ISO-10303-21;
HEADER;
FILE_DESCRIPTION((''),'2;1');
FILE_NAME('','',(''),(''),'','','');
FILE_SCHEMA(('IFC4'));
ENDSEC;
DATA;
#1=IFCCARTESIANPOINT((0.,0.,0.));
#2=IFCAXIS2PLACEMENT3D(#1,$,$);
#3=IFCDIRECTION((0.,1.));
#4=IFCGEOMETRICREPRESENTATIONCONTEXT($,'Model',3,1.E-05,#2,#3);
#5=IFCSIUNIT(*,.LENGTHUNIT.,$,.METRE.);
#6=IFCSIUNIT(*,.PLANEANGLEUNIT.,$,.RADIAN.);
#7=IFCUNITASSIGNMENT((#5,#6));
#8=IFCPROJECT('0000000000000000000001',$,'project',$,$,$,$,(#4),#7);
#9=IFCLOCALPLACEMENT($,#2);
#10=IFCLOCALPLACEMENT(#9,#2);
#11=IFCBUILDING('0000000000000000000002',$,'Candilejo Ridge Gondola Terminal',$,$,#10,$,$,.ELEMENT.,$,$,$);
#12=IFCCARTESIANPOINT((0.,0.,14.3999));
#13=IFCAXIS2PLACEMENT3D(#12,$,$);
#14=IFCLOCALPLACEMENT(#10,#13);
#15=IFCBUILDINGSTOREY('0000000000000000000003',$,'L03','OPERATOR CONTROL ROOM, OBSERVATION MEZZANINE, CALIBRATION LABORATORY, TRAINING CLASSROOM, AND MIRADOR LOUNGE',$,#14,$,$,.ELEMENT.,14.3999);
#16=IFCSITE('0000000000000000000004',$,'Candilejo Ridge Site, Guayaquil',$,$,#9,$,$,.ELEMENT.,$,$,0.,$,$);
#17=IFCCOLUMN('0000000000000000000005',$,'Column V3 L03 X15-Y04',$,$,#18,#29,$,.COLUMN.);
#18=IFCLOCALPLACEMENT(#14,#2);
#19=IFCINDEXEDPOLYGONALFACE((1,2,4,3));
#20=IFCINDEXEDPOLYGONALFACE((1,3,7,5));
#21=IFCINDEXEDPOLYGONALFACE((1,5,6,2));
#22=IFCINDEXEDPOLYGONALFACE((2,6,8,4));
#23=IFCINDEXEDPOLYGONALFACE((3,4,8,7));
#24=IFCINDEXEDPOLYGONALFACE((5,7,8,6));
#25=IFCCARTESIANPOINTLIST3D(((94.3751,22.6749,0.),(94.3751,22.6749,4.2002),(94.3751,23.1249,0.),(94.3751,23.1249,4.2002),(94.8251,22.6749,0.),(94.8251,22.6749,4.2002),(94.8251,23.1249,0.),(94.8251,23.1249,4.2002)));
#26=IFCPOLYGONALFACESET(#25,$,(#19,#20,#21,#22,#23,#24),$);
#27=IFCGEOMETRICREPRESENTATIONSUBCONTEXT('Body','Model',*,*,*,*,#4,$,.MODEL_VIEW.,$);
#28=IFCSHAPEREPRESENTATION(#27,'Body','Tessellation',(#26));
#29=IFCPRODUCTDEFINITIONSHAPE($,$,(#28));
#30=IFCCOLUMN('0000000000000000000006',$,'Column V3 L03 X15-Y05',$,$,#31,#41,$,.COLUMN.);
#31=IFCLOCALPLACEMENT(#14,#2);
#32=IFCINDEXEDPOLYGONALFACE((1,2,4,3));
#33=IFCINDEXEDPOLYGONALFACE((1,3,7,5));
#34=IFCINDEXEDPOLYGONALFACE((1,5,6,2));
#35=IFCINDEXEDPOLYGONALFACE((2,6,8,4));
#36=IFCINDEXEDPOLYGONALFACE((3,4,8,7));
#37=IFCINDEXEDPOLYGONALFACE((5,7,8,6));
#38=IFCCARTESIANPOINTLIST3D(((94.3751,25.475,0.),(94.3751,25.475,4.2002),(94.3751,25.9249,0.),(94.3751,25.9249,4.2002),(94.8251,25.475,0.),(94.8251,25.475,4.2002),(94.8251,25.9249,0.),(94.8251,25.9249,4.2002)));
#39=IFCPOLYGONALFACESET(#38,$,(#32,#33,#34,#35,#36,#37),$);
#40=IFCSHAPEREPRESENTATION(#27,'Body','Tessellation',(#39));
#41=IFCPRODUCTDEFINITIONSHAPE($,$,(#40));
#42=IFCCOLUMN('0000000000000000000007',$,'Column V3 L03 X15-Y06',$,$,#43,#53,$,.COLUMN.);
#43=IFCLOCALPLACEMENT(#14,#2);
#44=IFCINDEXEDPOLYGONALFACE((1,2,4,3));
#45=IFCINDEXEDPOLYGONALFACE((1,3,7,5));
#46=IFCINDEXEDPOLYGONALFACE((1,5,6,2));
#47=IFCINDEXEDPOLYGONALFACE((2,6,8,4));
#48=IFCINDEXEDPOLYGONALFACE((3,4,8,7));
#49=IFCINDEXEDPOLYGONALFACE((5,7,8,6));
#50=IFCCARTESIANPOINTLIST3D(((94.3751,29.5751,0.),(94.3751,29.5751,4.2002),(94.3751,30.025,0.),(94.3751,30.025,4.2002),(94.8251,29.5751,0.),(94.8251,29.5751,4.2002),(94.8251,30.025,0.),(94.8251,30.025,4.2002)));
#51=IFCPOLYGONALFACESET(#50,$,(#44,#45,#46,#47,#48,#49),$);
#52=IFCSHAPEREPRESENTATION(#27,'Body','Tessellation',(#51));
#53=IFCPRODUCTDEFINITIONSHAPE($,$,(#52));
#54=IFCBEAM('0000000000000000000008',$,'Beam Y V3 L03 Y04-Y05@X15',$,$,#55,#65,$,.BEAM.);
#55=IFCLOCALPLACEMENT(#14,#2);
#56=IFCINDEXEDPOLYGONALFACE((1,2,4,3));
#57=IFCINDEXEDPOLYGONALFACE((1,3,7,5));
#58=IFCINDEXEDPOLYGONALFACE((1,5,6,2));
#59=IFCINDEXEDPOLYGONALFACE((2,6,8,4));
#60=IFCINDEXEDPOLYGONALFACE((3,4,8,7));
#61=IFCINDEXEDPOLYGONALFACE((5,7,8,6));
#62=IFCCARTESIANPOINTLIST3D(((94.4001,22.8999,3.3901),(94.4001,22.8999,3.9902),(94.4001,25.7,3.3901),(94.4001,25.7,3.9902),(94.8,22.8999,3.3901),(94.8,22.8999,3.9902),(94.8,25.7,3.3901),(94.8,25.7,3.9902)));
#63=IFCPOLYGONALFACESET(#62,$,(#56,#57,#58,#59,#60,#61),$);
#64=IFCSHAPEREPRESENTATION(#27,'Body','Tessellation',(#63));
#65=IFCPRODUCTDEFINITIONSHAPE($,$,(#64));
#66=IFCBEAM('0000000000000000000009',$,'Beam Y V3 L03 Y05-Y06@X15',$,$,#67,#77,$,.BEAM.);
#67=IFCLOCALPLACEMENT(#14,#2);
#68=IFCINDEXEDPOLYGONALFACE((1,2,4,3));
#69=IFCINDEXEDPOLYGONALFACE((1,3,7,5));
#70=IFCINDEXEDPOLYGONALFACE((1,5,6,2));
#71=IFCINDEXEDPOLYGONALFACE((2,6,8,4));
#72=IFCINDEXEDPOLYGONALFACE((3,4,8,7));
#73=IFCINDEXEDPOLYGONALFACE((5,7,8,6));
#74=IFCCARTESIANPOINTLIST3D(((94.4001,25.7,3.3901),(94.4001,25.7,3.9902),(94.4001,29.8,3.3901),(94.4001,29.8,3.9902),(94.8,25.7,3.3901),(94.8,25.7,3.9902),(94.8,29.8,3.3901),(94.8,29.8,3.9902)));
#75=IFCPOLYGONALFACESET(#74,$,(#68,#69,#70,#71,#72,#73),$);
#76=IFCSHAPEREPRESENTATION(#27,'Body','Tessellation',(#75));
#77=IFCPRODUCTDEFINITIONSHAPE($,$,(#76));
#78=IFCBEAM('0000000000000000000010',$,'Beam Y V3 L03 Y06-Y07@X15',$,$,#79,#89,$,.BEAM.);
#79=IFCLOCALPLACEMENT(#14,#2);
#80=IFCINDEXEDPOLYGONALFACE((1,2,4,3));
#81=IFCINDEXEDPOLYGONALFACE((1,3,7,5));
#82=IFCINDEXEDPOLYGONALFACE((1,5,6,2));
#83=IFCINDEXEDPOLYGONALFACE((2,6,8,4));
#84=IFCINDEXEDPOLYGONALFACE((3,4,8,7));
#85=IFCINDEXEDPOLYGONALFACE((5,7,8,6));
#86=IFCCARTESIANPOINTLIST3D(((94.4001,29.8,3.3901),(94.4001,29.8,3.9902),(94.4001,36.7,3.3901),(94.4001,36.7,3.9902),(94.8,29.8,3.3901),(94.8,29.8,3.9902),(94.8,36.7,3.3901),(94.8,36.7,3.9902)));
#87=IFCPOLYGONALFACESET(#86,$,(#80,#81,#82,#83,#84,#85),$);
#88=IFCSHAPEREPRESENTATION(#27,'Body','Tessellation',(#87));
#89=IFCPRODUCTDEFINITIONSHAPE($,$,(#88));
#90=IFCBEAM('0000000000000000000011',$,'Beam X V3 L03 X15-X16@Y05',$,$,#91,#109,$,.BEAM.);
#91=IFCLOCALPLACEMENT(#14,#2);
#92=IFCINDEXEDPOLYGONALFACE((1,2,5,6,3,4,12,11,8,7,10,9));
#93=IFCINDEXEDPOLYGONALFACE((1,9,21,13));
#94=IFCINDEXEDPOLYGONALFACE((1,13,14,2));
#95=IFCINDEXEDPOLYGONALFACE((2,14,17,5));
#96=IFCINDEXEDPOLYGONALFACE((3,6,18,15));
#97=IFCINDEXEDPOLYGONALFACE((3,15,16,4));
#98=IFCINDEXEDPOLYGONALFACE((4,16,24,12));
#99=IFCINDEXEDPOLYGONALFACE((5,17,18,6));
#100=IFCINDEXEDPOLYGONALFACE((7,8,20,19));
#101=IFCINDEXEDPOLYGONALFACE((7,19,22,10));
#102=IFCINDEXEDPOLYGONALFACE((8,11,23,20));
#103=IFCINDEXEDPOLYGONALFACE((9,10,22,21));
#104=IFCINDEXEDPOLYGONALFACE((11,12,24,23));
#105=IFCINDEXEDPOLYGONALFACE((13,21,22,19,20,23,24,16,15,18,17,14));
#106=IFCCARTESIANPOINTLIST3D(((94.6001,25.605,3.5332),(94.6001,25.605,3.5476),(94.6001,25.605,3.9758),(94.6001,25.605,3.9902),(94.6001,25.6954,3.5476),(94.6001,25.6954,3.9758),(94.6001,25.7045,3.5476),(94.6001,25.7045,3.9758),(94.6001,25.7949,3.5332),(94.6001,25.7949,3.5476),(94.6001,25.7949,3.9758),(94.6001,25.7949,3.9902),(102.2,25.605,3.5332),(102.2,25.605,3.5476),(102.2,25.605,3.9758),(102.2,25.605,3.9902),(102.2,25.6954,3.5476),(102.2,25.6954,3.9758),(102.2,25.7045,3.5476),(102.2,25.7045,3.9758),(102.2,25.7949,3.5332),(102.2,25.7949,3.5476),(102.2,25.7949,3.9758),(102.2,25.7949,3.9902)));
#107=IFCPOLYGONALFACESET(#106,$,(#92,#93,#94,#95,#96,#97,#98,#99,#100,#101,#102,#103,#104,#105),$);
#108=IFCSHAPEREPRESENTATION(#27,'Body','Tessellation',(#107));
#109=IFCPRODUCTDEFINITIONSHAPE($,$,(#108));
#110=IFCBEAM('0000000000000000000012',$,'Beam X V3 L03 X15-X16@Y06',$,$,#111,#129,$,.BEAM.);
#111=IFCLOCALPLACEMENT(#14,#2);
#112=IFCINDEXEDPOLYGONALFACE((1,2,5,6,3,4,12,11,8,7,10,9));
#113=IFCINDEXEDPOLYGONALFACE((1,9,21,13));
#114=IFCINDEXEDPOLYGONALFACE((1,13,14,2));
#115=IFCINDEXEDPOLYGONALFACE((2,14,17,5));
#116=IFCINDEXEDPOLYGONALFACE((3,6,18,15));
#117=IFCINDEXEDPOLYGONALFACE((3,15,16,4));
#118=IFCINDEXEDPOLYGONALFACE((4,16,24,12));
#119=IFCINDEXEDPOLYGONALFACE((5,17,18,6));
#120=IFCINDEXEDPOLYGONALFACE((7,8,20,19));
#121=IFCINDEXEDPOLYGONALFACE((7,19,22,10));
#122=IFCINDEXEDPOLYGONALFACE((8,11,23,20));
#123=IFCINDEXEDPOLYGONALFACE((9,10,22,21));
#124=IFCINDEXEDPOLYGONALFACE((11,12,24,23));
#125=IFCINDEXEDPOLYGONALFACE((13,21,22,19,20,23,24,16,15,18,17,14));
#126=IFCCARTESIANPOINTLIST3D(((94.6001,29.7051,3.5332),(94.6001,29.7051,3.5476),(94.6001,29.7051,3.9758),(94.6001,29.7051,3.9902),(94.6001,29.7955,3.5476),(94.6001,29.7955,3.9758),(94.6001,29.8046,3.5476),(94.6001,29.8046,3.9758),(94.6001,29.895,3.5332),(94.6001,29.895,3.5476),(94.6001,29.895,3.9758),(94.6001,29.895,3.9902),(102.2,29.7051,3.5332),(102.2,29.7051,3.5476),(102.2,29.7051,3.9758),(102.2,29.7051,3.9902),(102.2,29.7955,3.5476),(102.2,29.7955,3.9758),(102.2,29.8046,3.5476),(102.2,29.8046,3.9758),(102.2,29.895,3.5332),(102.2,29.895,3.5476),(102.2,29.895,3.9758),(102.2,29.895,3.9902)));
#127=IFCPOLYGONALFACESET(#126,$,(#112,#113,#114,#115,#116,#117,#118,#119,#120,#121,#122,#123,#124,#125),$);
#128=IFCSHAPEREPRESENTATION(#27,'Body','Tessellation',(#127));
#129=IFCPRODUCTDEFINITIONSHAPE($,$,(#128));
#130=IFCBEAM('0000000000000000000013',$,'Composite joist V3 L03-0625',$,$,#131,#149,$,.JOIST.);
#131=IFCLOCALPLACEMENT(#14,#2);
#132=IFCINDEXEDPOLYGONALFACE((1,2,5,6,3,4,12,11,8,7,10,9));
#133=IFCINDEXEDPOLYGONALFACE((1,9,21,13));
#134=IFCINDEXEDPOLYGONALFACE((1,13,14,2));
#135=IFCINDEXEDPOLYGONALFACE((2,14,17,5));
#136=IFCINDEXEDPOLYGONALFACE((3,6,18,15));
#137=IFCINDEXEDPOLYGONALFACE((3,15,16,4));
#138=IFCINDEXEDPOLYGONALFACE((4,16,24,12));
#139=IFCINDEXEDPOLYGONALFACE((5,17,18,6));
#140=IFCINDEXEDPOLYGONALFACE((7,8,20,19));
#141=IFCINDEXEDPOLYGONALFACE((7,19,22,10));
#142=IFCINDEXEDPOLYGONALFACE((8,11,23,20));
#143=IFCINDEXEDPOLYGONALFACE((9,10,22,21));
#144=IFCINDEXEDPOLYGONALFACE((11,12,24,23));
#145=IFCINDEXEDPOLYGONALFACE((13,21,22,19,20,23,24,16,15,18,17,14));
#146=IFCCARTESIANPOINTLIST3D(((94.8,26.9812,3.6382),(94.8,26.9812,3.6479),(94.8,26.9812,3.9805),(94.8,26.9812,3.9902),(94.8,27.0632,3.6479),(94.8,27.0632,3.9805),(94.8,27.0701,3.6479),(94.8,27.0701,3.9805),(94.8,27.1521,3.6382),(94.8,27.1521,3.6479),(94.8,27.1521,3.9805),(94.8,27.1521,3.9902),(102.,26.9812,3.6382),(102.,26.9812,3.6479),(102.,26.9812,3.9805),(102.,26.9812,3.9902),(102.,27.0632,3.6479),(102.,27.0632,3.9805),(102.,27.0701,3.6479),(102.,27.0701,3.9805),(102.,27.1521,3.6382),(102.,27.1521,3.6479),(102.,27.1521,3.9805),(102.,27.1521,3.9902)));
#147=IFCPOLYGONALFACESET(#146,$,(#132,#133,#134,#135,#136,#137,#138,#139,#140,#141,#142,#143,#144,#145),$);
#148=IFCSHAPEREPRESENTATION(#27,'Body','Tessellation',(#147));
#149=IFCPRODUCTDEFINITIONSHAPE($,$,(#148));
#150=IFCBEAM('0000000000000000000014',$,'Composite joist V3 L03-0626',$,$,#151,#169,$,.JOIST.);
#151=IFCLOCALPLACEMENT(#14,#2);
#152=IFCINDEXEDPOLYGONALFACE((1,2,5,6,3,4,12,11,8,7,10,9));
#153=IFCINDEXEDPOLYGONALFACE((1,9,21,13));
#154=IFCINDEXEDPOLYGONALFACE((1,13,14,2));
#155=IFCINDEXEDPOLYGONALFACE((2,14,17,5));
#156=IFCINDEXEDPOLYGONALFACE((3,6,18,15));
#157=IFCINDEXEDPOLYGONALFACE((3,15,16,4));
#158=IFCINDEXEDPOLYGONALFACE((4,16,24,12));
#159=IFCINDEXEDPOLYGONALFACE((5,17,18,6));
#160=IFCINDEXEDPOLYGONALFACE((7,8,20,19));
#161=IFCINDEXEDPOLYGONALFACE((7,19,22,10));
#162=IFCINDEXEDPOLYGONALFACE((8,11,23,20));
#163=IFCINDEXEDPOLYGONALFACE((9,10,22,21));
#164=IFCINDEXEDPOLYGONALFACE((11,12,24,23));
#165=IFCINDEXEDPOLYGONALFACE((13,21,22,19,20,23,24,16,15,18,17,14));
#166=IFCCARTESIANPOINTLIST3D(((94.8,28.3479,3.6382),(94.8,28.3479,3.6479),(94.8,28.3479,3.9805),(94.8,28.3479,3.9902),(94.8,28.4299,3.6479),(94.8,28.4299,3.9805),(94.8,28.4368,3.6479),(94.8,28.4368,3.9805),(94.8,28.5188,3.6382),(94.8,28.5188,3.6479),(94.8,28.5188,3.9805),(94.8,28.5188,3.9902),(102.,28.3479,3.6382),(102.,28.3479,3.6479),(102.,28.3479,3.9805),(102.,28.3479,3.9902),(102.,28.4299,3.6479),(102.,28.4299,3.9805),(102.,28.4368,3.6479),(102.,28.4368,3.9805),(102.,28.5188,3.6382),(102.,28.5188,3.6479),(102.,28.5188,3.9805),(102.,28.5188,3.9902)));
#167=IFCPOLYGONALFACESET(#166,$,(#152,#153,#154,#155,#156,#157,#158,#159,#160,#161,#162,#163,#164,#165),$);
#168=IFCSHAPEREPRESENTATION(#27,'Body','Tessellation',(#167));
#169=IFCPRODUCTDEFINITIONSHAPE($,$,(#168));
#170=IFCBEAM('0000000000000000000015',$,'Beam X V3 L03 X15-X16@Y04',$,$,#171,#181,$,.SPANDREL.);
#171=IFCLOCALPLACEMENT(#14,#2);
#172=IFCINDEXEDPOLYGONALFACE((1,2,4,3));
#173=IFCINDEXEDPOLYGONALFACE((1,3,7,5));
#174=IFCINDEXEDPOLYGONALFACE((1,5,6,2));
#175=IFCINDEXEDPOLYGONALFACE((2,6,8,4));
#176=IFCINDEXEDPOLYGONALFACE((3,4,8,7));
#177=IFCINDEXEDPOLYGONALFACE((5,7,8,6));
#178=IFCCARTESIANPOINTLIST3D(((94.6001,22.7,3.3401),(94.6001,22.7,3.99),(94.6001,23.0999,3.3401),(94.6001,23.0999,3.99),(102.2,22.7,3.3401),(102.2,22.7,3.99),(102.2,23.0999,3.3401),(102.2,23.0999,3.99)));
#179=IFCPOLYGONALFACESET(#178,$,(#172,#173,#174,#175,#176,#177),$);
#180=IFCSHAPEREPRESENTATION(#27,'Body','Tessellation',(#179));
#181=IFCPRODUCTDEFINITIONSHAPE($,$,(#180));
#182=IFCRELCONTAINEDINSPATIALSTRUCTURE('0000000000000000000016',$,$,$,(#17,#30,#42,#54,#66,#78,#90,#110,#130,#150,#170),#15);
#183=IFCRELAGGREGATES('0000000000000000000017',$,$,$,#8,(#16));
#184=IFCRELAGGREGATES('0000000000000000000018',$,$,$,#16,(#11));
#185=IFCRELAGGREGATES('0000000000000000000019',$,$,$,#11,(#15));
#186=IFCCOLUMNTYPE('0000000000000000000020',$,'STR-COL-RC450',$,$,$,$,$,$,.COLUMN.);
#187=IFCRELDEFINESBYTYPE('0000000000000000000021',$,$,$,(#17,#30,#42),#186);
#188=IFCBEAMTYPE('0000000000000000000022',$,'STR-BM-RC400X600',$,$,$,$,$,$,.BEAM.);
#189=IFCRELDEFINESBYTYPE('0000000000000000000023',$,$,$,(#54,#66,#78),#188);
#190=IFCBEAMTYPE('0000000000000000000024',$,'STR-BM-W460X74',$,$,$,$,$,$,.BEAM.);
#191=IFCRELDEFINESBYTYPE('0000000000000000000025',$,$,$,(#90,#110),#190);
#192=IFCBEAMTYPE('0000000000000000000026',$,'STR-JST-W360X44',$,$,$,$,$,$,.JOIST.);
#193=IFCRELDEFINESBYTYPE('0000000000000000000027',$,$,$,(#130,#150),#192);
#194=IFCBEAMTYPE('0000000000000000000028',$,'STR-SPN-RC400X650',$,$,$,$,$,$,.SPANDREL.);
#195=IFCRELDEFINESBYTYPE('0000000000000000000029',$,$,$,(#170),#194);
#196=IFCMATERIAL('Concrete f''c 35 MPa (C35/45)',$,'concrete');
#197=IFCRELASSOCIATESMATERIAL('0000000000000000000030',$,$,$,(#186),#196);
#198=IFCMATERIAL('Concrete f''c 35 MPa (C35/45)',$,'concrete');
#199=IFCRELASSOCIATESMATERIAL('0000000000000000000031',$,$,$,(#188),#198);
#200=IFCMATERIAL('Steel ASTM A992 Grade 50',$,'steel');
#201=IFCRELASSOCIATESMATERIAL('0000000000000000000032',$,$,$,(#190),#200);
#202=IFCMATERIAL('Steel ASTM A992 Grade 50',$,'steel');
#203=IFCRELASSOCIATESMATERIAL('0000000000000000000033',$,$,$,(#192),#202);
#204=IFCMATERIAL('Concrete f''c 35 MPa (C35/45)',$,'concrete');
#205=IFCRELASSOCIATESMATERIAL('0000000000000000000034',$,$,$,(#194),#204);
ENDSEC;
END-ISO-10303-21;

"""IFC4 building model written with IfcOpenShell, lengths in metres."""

from ifc_helpers import new_model, si_unit, direction, frame, origin, origin_2d, place, context, subcontext, project, spatial, rectangle, i_section, extrude, material, material_profile, profile_set, type_object, element, save


model = new_model("IFC4")

# Units and contexts
model_context = context("Model", 3, precision=1e-05, world=origin(), true_north=direction((0.0, 1.0)))
body_context = subcontext(model_context, "Body", "Model", "MODEL_VIEW")
ifc_project = project(units=[si_unit("LENGTHUNIT", "METRE"), si_unit("PLANEANGLEUNIT", "RADIAN")], contexts=[model_context])

# Site, building, storey
site_placement = place(None, origin())
site = spatial("IfcSite", under=ifc_project, at=site_placement, Name="Candilejo Ridge Site, Guayaquil", CompositionType="ELEMENT", RefElevation=0.0)
building_placement = place(site_placement, origin())
building = spatial("IfcBuilding", under=site, at=building_placement, Name="Candilejo Ridge Gondola Terminal", CompositionType="ELEMENT")
storey_placement = place(building_placement, frame((0.0, 0.0, 14.3999)))
storey = spatial("IfcBuildingStorey", under=building, at=storey_placement, Name="L03", Description="OPERATOR CONTROL ROOM, OBSERVATION MEZZANINE, CALIBRATION LABORATORY, TRAINING CLASSROOM, AND MIRADOR LOUNGE", CompositionType="ELEMENT", Elevation=14.3999)

# Columns
ifc_material_1 = material(Name="Concrete f'c 35 MPa (C35/45)", Category="concrete")
ifc_material_profile_1 = material_profile(ifc_material_1, rectangle(XDim=0.45, YDim=0.45, at=origin_2d()))
ifc_profile_set_1 = profile_set([ifc_material_profile_1], Name="Concrete f'c 35 MPa (C35/45)")
column_type = type_object("IfcColumnType", Name="STR-COL-RC450", PredefinedType="COLUMN", material=ifc_profile_set_1)
for number, where, z_axis, x_axis, name in (
    (1, (94.6001, 22.8999, 0.0), (0.0, 0.0, 1.0), (1.0, 0.0, 0.0), "Column V3 L03 X15-Y04"),
    (2, (94.6001, 25.7, 0.0), (0.0, 0.0, 1.0), (1.0, 0.0, 0.0), "Column V3 L03 X15-Y05"),
    (3, (94.6001, 29.8, 0.0), (0.0, 0.0, 1.0), (1.0, 0.0, 0.0), "Column V3 L03 X15-Y06"),
):
    element("IfcColumn", number, at=place(storey_placement, frame(where, z_axis=z_axis, x_axis=x_axis)), inside=storey, type_object=column_type, Name=name, PredefinedType="COLUMN", context=body_context, shape_type="SweptSolid", body=[
        extrude(rectangle(XDim=0.45, YDim=0.45, at=origin_2d()), origin(), (0.0, 0.0, 1.0), 4.2002),
    ])

# Beams
ifc_material_2 = material(Name="Concrete f'c 35 MPa (C35/45)", Category="concrete")
ifc_material_profile_2 = material_profile(ifc_material_2, rectangle(XDim=0.3999, YDim=0.6001, at=origin_2d()))
ifc_profile_set_2 = profile_set([ifc_material_profile_2], Name="Concrete f'c 35 MPa (C35/45)")
beam_type_1 = type_object("IfcBeamType", Name="STR-BM-RC400X600", PredefinedType="BEAM", material=ifc_profile_set_2)
beam_1_placement = place(storey_placement, frame((94.6001, 22.8999, 3.6902), z_axis=(0.0, 1.0, 0.0), x_axis=(-1.0, 0.0, 0.0)))
element("IfcBeam", 4, at=beam_1_placement, inside=storey, type_object=beam_type_1, Name="Beam Y V3 L03 Y04-Y05@X15", PredefinedType="BEAM", context=body_context, shape_type="SweptSolid", body=[
    extrude(rectangle(XDim=0.3999, YDim=0.6001, at=origin_2d()), origin(), (0.0, 0.0, 1.0), 2.8),
])
beam_2_placement = place(storey_placement, frame((94.6001, 25.7, 3.6902), z_axis=(0.0, 1.0, 0.0), x_axis=(-1.0, 0.0, 0.0)))
element("IfcBeam", 5, at=beam_2_placement, inside=storey, type_object=beam_type_1, Name="Beam Y V3 L03 Y05-Y06@X15", PredefinedType="BEAM", context=body_context, shape_type="SweptSolid", body=[
    extrude(rectangle(XDim=0.3999, YDim=0.6001, at=origin_2d()), origin(), (0.0, 0.0, 1.0), 4.1001),
])
beam_3_placement = place(storey_placement, frame((94.6001, 29.8, 3.6902), z_axis=(0.0, 1.0, 0.0), x_axis=(-1.0, 0.0, 0.0)))
element("IfcBeam", 6, at=beam_3_placement, inside=storey, type_object=beam_type_1, Name="Beam Y V3 L03 Y06-Y07@X15", PredefinedType="BEAM", context=body_context, shape_type="SweptSolid", body=[
    extrude(rectangle(XDim=0.3999, YDim=0.6001, at=origin_2d()), origin(), (0.0, 0.0, 1.0), 6.8999),
])
ifc_material_3 = material(Name="Steel ASTM A992 Grade 50", Category="steel")
ifc_material_profile_3 = material_profile(ifc_material_3, i_section(OverallWidth=0.1899, OverallDepth=0.457, WebThickness=0.009, FlangeThickness=0.0144, at=origin_2d()))
ifc_profile_set_3 = profile_set([ifc_material_profile_3], Name="Steel ASTM A992 Grade 50")
beam_type_2 = type_object("IfcBeamType", Name="STR-BM-W460X74", PredefinedType="BEAM", material=ifc_profile_set_3)
for number, where, z_axis, x_axis, name in (
    (7, (94.6001, 25.7, 3.7617), (1.0, 0.0, 0.0), (0.0, 1.0, 0.0), "Beam X V3 L03 X15-X16@Y05"),
    (8, (94.6001, 29.8, 3.7617), (1.0, 0.0, 0.0), (0.0, 1.0, 0.0), "Beam X V3 L03 X15-X16@Y06"),
):
    element("IfcBeam", number, at=place(storey_placement, frame(where, z_axis=z_axis, x_axis=x_axis)), inside=storey, type_object=beam_type_2, Name=name, PredefinedType="BEAM", context=body_context, shape_type="SweptSolid", body=[
        extrude(i_section(OverallWidth=0.1899, OverallDepth=0.457, WebThickness=0.009, FlangeThickness=0.0144, at=origin_2d()), origin(), (0.0, 0.0, 1.0), 7.5999),
    ])
ifc_material_4 = material(Name="Steel ASTM A992 Grade 50", Category="steel")
ifc_material_profile_4 = material_profile(ifc_material_4, i_section(OverallWidth=0.1709, OverallDepth=0.3521, WebThickness=0.0068, FlangeThickness=0.0098, at=origin_2d()))
ifc_profile_set_4 = profile_set([ifc_material_profile_4], Name="Steel ASTM A992 Grade 50")
beam_type_3 = type_object("IfcBeamType", Name="STR-JST-W360X44", PredefinedType="JOIST", material=ifc_profile_set_4)
for number, where, z_axis, x_axis, name in (
    (9, (94.8, 27.0667, 3.8142), (1.0, 0.0, 0.0), (0.0, 1.0, 0.0), "Composite joist V3 L03-0625"),
    (10, (94.8, 28.4333, 3.8142), (1.0, 0.0, 0.0), (0.0, 1.0, 0.0), "Composite joist V3 L03-0626"),
):
    element("IfcBeam", number, at=place(storey_placement, frame(where, z_axis=z_axis, x_axis=x_axis)), inside=storey, type_object=beam_type_3, Name=name, PredefinedType="JOIST", context=body_context, shape_type="SweptSolid", body=[
        extrude(i_section(OverallWidth=0.1709, OverallDepth=0.3521, WebThickness=0.0068, FlangeThickness=0.0098, at=origin_2d()), origin(), (0.0, 0.0, 1.0), 7.2),
    ])
ifc_material_5 = material(Name="Concrete f'c 35 MPa (C35/45)", Category="concrete")
ifc_material_profile_5 = material_profile(ifc_material_5, rectangle(XDim=0.3999, YDim=0.6499, at=origin_2d()))
ifc_profile_set_5 = profile_set([ifc_material_profile_5], Name="Concrete f'c 35 MPa (C35/45)")
beam_type_4 = type_object("IfcBeamType", Name="STR-SPN-RC400X650", PredefinedType="SPANDREL", material=ifc_profile_set_5)
beam_4_placement = place(storey_placement, frame((94.6001, 22.8999, 3.665), z_axis=(1.0, 0.0, 0.0), x_axis=(0.0, 1.0, 0.0)))
element("IfcBeam", 11, at=beam_4_placement, inside=storey, type_object=beam_type_4, Name="Beam X V3 L03 X15-X16@Y04", PredefinedType="SPANDREL", context=body_context, shape_type="SweptSolid", body=[
    extrude(rectangle(XDim=0.3999, YDim=0.6499, at=origin_2d()), origin(), (0.0, 0.0, 1.0), 7.5999),
])

save(model, "model.ifc")
